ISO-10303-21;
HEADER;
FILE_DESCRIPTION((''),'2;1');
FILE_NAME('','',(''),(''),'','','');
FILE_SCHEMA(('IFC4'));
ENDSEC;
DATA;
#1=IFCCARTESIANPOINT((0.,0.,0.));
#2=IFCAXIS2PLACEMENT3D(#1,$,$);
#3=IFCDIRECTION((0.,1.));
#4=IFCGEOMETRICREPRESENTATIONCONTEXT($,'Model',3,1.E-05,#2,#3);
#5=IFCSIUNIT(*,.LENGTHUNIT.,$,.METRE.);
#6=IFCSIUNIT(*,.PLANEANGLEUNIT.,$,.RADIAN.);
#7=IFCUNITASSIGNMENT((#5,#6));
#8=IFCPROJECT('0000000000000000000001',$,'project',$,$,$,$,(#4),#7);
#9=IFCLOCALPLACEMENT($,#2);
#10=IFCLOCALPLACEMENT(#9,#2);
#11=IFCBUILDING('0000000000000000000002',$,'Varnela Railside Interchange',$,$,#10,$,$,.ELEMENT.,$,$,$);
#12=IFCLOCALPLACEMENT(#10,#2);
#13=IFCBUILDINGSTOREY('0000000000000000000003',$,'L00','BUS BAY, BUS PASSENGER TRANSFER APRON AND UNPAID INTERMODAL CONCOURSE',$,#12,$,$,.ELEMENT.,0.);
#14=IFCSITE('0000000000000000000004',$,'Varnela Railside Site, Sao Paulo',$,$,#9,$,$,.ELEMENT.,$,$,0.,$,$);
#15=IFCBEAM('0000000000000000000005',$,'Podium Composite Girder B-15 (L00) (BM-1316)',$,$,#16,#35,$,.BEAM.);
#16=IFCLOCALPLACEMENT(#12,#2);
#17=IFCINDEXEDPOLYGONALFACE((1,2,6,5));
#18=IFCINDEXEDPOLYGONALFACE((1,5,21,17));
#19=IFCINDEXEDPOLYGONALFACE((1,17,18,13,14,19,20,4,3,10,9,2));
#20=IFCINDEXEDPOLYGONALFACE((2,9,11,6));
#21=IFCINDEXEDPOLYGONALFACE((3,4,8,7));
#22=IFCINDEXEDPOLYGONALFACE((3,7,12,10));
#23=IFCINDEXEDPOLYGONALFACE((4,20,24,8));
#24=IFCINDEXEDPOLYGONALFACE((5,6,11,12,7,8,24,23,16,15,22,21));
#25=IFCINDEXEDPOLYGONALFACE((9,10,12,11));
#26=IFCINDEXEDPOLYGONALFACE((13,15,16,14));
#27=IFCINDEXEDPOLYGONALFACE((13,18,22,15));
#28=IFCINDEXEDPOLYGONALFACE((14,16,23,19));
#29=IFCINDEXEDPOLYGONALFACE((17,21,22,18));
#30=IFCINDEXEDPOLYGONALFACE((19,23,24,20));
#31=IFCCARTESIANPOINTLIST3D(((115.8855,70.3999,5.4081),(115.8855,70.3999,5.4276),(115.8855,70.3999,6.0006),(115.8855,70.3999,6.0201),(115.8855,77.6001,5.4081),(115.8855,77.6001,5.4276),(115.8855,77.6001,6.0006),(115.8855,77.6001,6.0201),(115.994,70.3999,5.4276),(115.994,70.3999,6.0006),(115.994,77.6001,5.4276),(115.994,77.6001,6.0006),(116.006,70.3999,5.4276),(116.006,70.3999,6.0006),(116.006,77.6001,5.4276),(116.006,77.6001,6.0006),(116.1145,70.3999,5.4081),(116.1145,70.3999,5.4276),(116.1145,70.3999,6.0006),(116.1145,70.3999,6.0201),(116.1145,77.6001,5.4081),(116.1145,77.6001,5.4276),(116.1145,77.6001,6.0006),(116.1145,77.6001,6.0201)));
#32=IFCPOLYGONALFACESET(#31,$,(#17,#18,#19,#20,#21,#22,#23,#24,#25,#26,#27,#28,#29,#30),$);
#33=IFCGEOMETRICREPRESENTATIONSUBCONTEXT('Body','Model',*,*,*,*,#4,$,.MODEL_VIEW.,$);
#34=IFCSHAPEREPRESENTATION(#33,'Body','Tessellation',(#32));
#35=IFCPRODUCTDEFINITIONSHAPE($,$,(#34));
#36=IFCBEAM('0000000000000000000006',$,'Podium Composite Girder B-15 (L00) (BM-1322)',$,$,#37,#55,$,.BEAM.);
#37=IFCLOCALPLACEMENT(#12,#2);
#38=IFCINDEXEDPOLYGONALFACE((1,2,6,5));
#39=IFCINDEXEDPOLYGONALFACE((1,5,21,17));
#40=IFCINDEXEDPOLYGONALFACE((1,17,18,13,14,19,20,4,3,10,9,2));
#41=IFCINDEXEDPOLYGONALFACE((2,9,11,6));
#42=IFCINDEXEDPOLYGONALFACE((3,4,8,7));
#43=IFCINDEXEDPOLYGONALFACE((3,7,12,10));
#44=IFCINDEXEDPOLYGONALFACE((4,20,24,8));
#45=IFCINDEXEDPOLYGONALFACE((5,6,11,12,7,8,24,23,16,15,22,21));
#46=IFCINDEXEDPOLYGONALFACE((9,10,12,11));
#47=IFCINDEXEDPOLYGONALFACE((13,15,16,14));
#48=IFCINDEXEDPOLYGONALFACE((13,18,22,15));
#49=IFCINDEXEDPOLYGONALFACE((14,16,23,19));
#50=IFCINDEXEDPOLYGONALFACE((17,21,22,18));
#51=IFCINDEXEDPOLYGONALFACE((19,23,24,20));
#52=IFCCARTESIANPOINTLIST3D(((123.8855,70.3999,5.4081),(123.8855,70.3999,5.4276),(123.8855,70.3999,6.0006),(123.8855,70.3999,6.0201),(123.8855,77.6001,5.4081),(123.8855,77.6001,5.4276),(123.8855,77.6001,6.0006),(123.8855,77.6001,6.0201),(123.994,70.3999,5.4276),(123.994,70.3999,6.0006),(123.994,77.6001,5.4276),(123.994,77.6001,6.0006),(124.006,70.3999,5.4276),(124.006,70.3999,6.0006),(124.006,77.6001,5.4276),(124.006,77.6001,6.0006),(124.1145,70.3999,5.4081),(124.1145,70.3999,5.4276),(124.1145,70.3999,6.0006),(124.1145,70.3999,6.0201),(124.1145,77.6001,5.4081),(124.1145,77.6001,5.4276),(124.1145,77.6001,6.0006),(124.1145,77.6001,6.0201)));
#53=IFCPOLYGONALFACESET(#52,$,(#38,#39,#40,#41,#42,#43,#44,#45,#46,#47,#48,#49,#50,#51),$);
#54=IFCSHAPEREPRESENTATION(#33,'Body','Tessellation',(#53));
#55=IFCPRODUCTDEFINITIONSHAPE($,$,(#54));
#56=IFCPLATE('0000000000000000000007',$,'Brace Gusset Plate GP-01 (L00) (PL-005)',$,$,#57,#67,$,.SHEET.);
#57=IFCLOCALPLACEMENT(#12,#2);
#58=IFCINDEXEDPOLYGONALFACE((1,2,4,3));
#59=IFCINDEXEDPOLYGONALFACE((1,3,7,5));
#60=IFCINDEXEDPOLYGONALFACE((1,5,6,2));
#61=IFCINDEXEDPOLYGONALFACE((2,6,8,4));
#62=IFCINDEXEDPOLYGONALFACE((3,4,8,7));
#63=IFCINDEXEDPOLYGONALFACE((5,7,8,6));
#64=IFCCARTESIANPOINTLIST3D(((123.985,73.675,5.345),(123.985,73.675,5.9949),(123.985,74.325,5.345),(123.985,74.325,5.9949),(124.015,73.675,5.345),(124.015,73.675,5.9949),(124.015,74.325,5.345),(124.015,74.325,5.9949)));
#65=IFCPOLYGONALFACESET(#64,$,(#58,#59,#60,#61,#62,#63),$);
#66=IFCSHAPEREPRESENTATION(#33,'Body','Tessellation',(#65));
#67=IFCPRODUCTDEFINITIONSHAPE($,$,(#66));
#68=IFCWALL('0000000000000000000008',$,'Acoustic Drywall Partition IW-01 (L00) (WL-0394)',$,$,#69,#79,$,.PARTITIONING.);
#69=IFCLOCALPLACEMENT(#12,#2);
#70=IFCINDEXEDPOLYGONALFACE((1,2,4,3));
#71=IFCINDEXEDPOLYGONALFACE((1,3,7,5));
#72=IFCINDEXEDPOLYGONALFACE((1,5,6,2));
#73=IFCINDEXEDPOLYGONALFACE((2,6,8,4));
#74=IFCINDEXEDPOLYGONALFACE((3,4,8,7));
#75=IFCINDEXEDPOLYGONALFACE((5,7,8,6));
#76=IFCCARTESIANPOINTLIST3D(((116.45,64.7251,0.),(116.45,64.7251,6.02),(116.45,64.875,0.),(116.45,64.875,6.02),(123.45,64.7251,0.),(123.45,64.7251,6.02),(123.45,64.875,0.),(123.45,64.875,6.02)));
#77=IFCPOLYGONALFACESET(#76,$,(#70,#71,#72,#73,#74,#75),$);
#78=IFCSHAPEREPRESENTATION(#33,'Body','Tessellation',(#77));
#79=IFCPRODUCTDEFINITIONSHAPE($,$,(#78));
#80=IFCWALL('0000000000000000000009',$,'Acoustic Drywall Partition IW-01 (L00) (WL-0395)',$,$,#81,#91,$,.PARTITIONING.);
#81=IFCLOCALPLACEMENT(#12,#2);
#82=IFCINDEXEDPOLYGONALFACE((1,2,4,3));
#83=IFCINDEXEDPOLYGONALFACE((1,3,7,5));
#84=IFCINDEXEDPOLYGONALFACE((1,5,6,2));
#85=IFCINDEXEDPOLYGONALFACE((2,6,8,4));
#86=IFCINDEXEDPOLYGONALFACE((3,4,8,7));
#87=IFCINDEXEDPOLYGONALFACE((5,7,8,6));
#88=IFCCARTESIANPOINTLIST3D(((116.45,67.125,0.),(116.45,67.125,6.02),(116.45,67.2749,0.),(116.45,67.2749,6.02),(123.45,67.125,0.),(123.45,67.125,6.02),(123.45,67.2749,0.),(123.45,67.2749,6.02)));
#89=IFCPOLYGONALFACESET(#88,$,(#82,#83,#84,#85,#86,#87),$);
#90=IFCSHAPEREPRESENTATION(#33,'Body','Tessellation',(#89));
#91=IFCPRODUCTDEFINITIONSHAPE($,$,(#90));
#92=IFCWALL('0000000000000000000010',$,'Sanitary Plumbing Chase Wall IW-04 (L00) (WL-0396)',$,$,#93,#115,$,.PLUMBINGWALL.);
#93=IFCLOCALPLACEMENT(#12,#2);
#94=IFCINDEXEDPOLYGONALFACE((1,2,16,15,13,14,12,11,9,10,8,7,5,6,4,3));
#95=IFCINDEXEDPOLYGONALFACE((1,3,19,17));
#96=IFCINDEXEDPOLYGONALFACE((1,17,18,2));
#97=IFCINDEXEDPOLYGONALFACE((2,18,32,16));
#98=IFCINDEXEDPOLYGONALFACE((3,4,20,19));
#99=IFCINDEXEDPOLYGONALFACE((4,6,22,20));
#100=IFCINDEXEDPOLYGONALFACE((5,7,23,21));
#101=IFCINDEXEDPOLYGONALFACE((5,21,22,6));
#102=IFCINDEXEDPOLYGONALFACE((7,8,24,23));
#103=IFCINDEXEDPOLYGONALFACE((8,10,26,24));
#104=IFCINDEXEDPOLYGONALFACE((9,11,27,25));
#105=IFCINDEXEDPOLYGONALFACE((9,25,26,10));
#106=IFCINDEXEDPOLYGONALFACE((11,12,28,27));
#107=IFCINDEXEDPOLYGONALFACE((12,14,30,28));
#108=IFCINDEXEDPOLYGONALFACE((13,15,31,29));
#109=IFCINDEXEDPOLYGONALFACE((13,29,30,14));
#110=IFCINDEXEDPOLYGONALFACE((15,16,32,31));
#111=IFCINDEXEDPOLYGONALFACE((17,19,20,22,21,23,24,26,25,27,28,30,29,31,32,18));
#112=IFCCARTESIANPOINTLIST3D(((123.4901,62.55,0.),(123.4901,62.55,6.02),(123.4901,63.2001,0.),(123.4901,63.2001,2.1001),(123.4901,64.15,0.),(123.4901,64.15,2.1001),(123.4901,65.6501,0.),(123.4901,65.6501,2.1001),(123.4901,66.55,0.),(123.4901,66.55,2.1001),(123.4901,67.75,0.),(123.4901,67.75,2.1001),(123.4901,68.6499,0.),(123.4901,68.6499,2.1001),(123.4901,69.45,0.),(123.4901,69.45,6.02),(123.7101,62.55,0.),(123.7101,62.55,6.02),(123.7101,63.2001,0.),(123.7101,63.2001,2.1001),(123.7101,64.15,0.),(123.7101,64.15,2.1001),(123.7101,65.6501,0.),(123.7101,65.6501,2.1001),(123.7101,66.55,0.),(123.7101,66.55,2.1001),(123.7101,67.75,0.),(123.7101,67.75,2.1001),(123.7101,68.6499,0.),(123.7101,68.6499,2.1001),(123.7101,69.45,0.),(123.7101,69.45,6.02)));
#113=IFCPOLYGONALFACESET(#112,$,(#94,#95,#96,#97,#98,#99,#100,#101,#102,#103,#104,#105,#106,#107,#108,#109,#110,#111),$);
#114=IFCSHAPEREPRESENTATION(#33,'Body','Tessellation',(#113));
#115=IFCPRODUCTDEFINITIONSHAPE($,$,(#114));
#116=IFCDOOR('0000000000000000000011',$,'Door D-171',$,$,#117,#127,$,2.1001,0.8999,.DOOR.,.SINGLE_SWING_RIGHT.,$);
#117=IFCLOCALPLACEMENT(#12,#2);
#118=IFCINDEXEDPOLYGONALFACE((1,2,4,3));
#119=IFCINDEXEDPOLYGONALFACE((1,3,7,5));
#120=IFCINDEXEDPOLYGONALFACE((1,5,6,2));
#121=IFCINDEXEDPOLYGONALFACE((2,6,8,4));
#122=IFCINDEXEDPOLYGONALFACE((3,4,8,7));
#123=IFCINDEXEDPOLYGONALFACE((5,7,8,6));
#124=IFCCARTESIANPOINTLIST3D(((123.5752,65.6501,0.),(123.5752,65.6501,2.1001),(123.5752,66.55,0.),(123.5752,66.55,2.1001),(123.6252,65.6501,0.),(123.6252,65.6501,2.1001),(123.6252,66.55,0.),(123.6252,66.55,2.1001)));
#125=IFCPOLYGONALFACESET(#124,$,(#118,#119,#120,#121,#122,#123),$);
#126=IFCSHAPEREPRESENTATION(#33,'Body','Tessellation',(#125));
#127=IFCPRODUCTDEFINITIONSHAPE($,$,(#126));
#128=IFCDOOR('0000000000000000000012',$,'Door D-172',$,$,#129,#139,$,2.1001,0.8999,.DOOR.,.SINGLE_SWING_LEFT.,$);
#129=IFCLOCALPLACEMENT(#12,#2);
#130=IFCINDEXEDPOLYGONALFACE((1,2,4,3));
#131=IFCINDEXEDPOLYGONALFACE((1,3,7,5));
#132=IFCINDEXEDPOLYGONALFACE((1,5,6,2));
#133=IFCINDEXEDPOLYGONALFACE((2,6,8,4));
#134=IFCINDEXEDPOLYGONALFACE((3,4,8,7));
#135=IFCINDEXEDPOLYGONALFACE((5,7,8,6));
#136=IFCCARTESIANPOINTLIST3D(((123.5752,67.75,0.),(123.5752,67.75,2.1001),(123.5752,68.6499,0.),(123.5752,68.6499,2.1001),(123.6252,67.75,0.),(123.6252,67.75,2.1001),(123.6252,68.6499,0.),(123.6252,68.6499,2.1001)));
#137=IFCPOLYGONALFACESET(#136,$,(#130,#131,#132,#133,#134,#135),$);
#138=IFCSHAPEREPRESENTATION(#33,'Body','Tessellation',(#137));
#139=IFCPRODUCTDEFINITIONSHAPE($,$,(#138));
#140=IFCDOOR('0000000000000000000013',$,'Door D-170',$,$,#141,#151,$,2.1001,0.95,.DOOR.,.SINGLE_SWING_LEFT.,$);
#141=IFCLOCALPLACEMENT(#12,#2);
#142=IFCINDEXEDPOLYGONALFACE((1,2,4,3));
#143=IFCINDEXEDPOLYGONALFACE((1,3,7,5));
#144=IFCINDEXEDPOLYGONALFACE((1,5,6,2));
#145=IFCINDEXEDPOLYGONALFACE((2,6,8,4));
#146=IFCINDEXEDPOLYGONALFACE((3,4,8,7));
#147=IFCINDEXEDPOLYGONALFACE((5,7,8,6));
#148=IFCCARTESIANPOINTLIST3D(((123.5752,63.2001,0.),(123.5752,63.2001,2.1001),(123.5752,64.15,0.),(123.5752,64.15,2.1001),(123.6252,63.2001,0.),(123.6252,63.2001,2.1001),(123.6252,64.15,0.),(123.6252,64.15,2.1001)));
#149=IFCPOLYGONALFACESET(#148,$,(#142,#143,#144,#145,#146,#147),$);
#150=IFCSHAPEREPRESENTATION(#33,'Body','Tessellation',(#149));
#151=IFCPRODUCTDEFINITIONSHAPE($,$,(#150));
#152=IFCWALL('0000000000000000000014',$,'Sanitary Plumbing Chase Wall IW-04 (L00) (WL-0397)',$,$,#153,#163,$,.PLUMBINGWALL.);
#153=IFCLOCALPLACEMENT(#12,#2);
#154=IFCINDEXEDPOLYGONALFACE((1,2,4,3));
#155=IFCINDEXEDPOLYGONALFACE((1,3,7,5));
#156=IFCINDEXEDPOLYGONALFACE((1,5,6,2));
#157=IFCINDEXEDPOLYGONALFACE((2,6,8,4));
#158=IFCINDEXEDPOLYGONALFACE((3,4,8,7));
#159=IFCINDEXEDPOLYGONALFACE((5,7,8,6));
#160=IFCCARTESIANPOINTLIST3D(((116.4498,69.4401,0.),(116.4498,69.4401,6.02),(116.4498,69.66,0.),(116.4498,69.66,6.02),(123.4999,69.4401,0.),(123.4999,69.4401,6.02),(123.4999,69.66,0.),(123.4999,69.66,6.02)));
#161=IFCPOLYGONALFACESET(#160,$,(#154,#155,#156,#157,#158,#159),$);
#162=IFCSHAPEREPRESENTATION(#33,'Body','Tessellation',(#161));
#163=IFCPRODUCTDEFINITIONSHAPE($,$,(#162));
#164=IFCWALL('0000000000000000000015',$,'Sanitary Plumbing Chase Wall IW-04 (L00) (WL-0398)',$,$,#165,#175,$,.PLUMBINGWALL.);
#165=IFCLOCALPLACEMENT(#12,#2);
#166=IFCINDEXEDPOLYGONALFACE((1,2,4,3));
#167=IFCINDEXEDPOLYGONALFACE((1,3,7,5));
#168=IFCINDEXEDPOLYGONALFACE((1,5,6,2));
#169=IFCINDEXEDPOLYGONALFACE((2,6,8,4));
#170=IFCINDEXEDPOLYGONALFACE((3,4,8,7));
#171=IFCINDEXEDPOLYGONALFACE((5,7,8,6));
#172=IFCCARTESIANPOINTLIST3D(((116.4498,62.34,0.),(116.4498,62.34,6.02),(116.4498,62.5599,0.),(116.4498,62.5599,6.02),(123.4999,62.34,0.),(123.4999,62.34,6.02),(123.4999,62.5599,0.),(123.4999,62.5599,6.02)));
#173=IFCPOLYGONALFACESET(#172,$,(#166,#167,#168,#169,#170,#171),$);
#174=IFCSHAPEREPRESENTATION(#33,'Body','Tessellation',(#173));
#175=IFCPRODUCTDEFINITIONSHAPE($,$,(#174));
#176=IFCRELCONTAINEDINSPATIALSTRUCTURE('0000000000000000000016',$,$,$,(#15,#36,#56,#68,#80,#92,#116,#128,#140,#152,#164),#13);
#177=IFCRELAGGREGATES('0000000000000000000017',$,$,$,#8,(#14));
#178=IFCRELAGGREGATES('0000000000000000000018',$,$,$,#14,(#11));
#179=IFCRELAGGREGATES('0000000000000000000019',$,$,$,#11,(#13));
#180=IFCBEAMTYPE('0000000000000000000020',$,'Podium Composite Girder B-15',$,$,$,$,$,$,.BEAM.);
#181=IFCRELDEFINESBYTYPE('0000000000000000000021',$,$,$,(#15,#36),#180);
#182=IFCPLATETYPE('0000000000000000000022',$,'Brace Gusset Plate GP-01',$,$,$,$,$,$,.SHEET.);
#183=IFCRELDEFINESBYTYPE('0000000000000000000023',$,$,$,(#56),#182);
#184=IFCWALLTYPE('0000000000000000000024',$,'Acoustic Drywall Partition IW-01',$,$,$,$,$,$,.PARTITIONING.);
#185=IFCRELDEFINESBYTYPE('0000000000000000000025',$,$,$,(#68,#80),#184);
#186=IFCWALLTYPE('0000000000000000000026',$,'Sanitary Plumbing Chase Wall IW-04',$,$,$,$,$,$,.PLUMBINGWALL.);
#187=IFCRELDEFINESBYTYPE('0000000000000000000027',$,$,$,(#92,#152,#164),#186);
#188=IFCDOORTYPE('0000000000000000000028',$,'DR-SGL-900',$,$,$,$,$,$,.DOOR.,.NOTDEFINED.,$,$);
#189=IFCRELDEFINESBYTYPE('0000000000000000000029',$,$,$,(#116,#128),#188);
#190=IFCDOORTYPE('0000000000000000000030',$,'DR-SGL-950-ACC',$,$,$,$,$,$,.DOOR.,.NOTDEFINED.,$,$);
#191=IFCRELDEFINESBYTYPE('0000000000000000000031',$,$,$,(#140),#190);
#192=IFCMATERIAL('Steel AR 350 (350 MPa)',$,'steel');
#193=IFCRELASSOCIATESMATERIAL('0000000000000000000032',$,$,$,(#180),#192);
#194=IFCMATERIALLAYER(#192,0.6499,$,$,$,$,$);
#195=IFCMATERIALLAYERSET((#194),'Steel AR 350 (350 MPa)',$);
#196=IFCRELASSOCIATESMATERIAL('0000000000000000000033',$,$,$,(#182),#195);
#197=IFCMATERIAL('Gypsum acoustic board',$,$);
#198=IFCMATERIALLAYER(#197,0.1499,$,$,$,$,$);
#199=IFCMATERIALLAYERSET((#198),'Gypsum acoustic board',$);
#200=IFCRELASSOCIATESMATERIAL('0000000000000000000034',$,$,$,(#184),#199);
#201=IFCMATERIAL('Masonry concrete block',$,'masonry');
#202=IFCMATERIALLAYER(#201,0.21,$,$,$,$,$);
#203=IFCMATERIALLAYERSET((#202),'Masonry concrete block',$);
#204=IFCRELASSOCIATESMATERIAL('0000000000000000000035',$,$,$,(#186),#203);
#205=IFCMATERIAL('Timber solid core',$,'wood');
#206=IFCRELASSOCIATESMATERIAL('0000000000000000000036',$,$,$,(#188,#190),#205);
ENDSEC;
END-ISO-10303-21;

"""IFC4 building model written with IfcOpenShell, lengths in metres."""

from ifc_helpers import new_model, si_unit, direction, frame, frame_2d, origin, origin_2d, place, context, subcontext, project, spatial, rectangle, i_section, extrude, material, layer, layer_set, material_profile, profile_set, type_object, element, fill, save


model = new_model("IFC4")

# Units and contexts
model_context = context("Model", 3, precision=1e-05, world=origin(), true_north=direction((0.0, 1.0)))
body_context = subcontext(model_context, "Body", "Model", "MODEL_VIEW")
ifc_project = project(units=[si_unit("LENGTHUNIT", "METRE"), si_unit("PLANEANGLEUNIT", "RADIAN")], contexts=[model_context])

# Site, building, storey
site_placement = place(None, origin())
site = spatial("IfcSite", under=ifc_project, at=site_placement, Name="Varnela Railside Site, Sao Paulo", CompositionType="ELEMENT", RefElevation=0.0)
building_placement = place(site_placement, origin())
building = spatial("IfcBuilding", under=site, at=building_placement, Name="Varnela Railside Interchange", CompositionType="ELEMENT")
storey_placement = place(building_placement, origin())
storey = spatial("IfcBuildingStorey", under=building, at=storey_placement, Name="L00", Description="BUS BAY, BUS PASSENGER TRANSFER APRON AND UNPAID INTERMODAL CONCOURSE", CompositionType="ELEMENT", Elevation=0.0)

# Shared definitions
ifc_material_1 = material(Name="Steel AR 350 (350 MPa)", Category="steel")

# Beams
ifc_material_profile_1 = material_profile(ifc_material_1, i_section(OverallWidth=0.229, OverallDepth=0.6121, WebThickness=0.012, FlangeThickness=0.0195, at=origin_2d()), Name="W610x125")
ifc_profile_set_1 = profile_set([ifc_material_profile_1], Name="Steel AR 350 (350 MPa)")
beam_type_1 = type_object("IfcBeamType", Name="Podium Composite Girder B-15", PredefinedType="BEAM", material=ifc_profile_set_1)
for number, where, z_axis, x_axis, name in (
    (1, (116.0, 70.3999, 5.7141), (0.0, 1.0, 0.0), (-1.0, 0.0, 0.0), "Podium Composite Girder B-15 (L00) (BM-1316)"),
    (2, (124.0, 70.3999, 5.7141), (0.0, 1.0, 0.0), (-1.0, 0.0, 0.0), "Podium Composite Girder B-15 (L00) (BM-1322)"),
):
    element("IfcBeam", number, at=place(storey_placement, frame(where, z_axis=z_axis, x_axis=x_axis)), inside=storey, type_object=beam_type_1, Name=name, PredefinedType="BEAM", context=body_context, shape_type="SweptSolid", body=[
        extrude(i_section(OverallWidth=0.229, OverallDepth=0.6121, WebThickness=0.012, FlangeThickness=0.0195, at=origin_2d()), origin(), (0.0, 0.0, 1.0), 7.2002),
    ])

# Plate
ifc_layer_1 = layer(ifc_material_1, 0.6499)
ifc_layer_set_1 = layer_set([ifc_layer_1], Name="Steel AR 350 (350 MPa)")
plate_type = type_object("IfcPlateType", Name="Brace Gusset Plate GP-01", PredefinedType="SHEET", material=ifc_layer_set_1)
plate_placement = place(storey_placement, frame((124.0, 74.0, 5.345), z_axis=(0.0, 0.0, 1.0), x_axis=(0.0, 1.0, 0.0)))
element("IfcPlate", 3, at=plate_placement, inside=storey, type_object=plate_type, Name="Brace Gusset Plate GP-01 (L00) (PL-005)", PredefinedType="SHEET", context=body_context, shape_type="SweptSolid", body=[
    extrude(rectangle(XDim=0.6499, YDim=0.03, at=origin_2d()), origin(), (0.0, 0.0, 1.0), 0.6499),
])

# Walls
ifc_material_2 = material(Name="Gypsum acoustic board")
ifc_layer_2 = layer(ifc_material_2, 0.1499)
ifc_layer_set_2 = layer_set([ifc_layer_2], Name="Gypsum acoustic board")
wall_type_1 = type_object("IfcWallType", Name="Acoustic Drywall Partition IW-01", PredefinedType="PARTITIONING", material=ifc_layer_set_2)
for number, where, z_axis, x_axis, name in (
    (4, (116.45, 64.8, 0.0), (0.0, 0.0, 1.0), (1.0, 0.0, 0.0), "Acoustic Drywall Partition IW-01 (L00) (WL-0394)"),
    (5, (116.45, 67.2, 0.0), (0.0, 0.0, 1.0), (1.0, 0.0, 0.0), "Acoustic Drywall Partition IW-01 (L00) (WL-0395)"),
):
    element("IfcWall", number, at=place(storey_placement, frame(where, z_axis=z_axis, x_axis=x_axis)), inside=storey, type_object=wall_type_1, Name=name, PredefinedType="PARTITIONING", context=body_context, shape_type="SweptSolid", body=[
        extrude(rectangle(XDim=7.0, YDim=0.1499, at=frame_2d((3.5, 0.0))), origin(), (0.0, 0.0, 1.0), 6.02),
    ])

# Wall, openings, doors
ifc_material_3 = material(Name="Masonry concrete block", Category="masonry")
ifc_layer_3 = layer(ifc_material_3, 0.21)
ifc_layer_set_3 = layer_set([ifc_layer_3], Name="Masonry concrete block")
wall_type_2 = type_object("IfcWallType", Name="Sanitary Plumbing Chase Wall IW-04", PredefinedType="PLUMBINGWALL", material=ifc_layer_set_3)
wall_1_placement = place(storey_placement, frame((123.6001, 62.55, 0.0), z_axis=(0.0, 0.0, 1.0), x_axis=(0.0, 1.0, 0.0)))
wall_1 = element("IfcWall", 6, at=wall_1_placement, inside=storey, type_object=wall_type_2, Name="Sanitary Plumbing Chase Wall IW-04 (L00) (WL-0396)", PredefinedType="PLUMBINGWALL", context=body_context, shape_type="SweptSolid", body=[
    extrude(rectangle(XDim=6.8999, YDim=0.22, at=frame_2d((3.45, 0.0))), origin(), (0.0, 0.0, 1.0), 6.02),
])
opening_1_placement = place(wall_1_placement, frame((0.6499, 0.0, 0.0)))
opening_1 = element("IfcOpeningElement", 7, at=opening_1_placement, cuts=wall_1, PredefinedType="OPENING", context=body_context, shape_type="SweptSolid", body=[
    extrude(rectangle(XDim=0.95, YDim=2.1001, at=frame_2d((0.4751, 1.05))), frame((0.0, 0.1199, 0.0), z_axis=(0.0, -1.0, 0.0), x_axis=(1.0, 0.0, 0.0)), (0.0, 0.0, 1.0), 0.24),
])
opening_2_placement = place(wall_1_placement, frame((3.1001, 0.0, 0.0)))
opening_2 = element("IfcOpeningElement", 8, at=opening_2_placement, cuts=wall_1, PredefinedType="OPENING", context=body_context, shape_type="SweptSolid", body=[
    extrude(rectangle(XDim=0.8999, YDim=2.1001, at=frame_2d((0.45, 1.05))), frame((0.0, 0.1199, 0.0), z_axis=(0.0, -1.0, 0.0), x_axis=(1.0, 0.0, 0.0)), (0.0, 0.0, 1.0), 0.24),
])
opening_3_placement = place(wall_1_placement, frame((5.2, 0.0, 0.0)))
opening_3 = element("IfcOpeningElement", 9, at=opening_3_placement, cuts=wall_1, PredefinedType="OPENING", context=body_context, shape_type="SweptSolid", body=[
    extrude(rectangle(XDim=0.8999, YDim=2.1001, at=frame_2d((0.45, 1.05))), frame((0.0, 0.1199, 0.0), z_axis=(0.0, -1.0, 0.0), x_axis=(1.0, 0.0, 0.0)), (0.0, 0.0, 1.0), 0.24),
])
ifc_material_4 = material(Name="Timber solid core", Category="wood")
door_type_1 = type_object("IfcDoorType", Name="DR-SGL-900", OperationType="NOTDEFINED", PredefinedType="DOOR", material=ifc_material_4)
door_1_placement = place(opening_2_placement, origin())
door_1 = element("IfcDoor", 10, at=door_1_placement, inside=storey, type_object=door_type_1, Name="Door D-171", OperationType="SINGLE_SWING_RIGHT", OverallHeight=2.1001, OverallWidth=0.8999, PredefinedType="DOOR", context=body_context, shape_type="SweptSolid", body=[
    extrude(rectangle(XDim=0.8999, YDim=2.1001, at=frame_2d((0.45, 1.05))), frame((0.0, 0.0249, 0.0), z_axis=(0.0, -1.0, 0.0), x_axis=(1.0, 0.0, 0.0)), (0.0, 0.0, 1.0), 0.05),
])
fill(opening_2, door_1)
door_2_placement = place(opening_3_placement, origin())
door_2 = element("IfcDoor", 11, at=door_2_placement, inside=storey, type_object=door_type_1, Name="Door D-172", OperationType="SINGLE_SWING_LEFT", OverallHeight=2.1001, OverallWidth=0.8999, PredefinedType="DOOR", context=body_context, shape_type="SweptSolid", body=[
    extrude(rectangle(XDim=0.8999, YDim=2.1001, at=frame_2d((0.45, 1.05))), frame((0.0, 0.0249, 0.0), z_axis=(0.0, -1.0, 0.0), x_axis=(1.0, 0.0, 0.0)), (0.0, 0.0, 1.0), 0.05),
])
fill(opening_3, door_2)
door_type_2 = type_object("IfcDoorType", Name="DR-SGL-950-ACC", OperationType="NOTDEFINED", PredefinedType="DOOR", material=ifc_material_4)
door_3_placement = place(opening_1_placement, origin())
door_3 = element("IfcDoor", 12, at=door_3_placement, inside=storey, type_object=door_type_2, Name="Door D-170", OperationType="SINGLE_SWING_LEFT", OverallHeight=2.1001, OverallWidth=0.95, PredefinedType="DOOR", context=body_context, shape_type="SweptSolid", body=[
    extrude(rectangle(XDim=0.95, YDim=2.1001, at=frame_2d((0.4751, 1.05))), frame((0.0, 0.0249, 0.0), z_axis=(0.0, -1.0, 0.0), x_axis=(1.0, 0.0, 0.0)), (0.0, 0.0, 1.0), 0.05),
])
fill(opening_1, door_3)

# Walls
for number, where, z_axis, x_axis, name in (
    (13, (116.45, 69.55, 0.0), (0.0, 0.0, 1.0), (1.0, 0.0, 0.0), "Sanitary Plumbing Chase Wall IW-04 (L00) (WL-0397)"),
    (14, (116.45, 62.45, 0.0), (0.0, 0.0, 1.0), (1.0, 0.0, 0.0), "Sanitary Plumbing Chase Wall IW-04 (L00) (WL-0398)"),
):
    element("IfcWall", number, at=place(storey_placement, frame(where, z_axis=z_axis, x_axis=x_axis)), inside=storey, type_object=wall_type_2, Name=name, PredefinedType="PLUMBINGWALL", context=body_context, shape_type="SweptSolid", body=[
        extrude(rectangle(XDim=7.05, YDim=0.22, at=frame_2d((3.5249, 0.0))), origin(), (0.0, 0.0, 1.0), 6.02),
    ])

save(model, "model.ifc")
